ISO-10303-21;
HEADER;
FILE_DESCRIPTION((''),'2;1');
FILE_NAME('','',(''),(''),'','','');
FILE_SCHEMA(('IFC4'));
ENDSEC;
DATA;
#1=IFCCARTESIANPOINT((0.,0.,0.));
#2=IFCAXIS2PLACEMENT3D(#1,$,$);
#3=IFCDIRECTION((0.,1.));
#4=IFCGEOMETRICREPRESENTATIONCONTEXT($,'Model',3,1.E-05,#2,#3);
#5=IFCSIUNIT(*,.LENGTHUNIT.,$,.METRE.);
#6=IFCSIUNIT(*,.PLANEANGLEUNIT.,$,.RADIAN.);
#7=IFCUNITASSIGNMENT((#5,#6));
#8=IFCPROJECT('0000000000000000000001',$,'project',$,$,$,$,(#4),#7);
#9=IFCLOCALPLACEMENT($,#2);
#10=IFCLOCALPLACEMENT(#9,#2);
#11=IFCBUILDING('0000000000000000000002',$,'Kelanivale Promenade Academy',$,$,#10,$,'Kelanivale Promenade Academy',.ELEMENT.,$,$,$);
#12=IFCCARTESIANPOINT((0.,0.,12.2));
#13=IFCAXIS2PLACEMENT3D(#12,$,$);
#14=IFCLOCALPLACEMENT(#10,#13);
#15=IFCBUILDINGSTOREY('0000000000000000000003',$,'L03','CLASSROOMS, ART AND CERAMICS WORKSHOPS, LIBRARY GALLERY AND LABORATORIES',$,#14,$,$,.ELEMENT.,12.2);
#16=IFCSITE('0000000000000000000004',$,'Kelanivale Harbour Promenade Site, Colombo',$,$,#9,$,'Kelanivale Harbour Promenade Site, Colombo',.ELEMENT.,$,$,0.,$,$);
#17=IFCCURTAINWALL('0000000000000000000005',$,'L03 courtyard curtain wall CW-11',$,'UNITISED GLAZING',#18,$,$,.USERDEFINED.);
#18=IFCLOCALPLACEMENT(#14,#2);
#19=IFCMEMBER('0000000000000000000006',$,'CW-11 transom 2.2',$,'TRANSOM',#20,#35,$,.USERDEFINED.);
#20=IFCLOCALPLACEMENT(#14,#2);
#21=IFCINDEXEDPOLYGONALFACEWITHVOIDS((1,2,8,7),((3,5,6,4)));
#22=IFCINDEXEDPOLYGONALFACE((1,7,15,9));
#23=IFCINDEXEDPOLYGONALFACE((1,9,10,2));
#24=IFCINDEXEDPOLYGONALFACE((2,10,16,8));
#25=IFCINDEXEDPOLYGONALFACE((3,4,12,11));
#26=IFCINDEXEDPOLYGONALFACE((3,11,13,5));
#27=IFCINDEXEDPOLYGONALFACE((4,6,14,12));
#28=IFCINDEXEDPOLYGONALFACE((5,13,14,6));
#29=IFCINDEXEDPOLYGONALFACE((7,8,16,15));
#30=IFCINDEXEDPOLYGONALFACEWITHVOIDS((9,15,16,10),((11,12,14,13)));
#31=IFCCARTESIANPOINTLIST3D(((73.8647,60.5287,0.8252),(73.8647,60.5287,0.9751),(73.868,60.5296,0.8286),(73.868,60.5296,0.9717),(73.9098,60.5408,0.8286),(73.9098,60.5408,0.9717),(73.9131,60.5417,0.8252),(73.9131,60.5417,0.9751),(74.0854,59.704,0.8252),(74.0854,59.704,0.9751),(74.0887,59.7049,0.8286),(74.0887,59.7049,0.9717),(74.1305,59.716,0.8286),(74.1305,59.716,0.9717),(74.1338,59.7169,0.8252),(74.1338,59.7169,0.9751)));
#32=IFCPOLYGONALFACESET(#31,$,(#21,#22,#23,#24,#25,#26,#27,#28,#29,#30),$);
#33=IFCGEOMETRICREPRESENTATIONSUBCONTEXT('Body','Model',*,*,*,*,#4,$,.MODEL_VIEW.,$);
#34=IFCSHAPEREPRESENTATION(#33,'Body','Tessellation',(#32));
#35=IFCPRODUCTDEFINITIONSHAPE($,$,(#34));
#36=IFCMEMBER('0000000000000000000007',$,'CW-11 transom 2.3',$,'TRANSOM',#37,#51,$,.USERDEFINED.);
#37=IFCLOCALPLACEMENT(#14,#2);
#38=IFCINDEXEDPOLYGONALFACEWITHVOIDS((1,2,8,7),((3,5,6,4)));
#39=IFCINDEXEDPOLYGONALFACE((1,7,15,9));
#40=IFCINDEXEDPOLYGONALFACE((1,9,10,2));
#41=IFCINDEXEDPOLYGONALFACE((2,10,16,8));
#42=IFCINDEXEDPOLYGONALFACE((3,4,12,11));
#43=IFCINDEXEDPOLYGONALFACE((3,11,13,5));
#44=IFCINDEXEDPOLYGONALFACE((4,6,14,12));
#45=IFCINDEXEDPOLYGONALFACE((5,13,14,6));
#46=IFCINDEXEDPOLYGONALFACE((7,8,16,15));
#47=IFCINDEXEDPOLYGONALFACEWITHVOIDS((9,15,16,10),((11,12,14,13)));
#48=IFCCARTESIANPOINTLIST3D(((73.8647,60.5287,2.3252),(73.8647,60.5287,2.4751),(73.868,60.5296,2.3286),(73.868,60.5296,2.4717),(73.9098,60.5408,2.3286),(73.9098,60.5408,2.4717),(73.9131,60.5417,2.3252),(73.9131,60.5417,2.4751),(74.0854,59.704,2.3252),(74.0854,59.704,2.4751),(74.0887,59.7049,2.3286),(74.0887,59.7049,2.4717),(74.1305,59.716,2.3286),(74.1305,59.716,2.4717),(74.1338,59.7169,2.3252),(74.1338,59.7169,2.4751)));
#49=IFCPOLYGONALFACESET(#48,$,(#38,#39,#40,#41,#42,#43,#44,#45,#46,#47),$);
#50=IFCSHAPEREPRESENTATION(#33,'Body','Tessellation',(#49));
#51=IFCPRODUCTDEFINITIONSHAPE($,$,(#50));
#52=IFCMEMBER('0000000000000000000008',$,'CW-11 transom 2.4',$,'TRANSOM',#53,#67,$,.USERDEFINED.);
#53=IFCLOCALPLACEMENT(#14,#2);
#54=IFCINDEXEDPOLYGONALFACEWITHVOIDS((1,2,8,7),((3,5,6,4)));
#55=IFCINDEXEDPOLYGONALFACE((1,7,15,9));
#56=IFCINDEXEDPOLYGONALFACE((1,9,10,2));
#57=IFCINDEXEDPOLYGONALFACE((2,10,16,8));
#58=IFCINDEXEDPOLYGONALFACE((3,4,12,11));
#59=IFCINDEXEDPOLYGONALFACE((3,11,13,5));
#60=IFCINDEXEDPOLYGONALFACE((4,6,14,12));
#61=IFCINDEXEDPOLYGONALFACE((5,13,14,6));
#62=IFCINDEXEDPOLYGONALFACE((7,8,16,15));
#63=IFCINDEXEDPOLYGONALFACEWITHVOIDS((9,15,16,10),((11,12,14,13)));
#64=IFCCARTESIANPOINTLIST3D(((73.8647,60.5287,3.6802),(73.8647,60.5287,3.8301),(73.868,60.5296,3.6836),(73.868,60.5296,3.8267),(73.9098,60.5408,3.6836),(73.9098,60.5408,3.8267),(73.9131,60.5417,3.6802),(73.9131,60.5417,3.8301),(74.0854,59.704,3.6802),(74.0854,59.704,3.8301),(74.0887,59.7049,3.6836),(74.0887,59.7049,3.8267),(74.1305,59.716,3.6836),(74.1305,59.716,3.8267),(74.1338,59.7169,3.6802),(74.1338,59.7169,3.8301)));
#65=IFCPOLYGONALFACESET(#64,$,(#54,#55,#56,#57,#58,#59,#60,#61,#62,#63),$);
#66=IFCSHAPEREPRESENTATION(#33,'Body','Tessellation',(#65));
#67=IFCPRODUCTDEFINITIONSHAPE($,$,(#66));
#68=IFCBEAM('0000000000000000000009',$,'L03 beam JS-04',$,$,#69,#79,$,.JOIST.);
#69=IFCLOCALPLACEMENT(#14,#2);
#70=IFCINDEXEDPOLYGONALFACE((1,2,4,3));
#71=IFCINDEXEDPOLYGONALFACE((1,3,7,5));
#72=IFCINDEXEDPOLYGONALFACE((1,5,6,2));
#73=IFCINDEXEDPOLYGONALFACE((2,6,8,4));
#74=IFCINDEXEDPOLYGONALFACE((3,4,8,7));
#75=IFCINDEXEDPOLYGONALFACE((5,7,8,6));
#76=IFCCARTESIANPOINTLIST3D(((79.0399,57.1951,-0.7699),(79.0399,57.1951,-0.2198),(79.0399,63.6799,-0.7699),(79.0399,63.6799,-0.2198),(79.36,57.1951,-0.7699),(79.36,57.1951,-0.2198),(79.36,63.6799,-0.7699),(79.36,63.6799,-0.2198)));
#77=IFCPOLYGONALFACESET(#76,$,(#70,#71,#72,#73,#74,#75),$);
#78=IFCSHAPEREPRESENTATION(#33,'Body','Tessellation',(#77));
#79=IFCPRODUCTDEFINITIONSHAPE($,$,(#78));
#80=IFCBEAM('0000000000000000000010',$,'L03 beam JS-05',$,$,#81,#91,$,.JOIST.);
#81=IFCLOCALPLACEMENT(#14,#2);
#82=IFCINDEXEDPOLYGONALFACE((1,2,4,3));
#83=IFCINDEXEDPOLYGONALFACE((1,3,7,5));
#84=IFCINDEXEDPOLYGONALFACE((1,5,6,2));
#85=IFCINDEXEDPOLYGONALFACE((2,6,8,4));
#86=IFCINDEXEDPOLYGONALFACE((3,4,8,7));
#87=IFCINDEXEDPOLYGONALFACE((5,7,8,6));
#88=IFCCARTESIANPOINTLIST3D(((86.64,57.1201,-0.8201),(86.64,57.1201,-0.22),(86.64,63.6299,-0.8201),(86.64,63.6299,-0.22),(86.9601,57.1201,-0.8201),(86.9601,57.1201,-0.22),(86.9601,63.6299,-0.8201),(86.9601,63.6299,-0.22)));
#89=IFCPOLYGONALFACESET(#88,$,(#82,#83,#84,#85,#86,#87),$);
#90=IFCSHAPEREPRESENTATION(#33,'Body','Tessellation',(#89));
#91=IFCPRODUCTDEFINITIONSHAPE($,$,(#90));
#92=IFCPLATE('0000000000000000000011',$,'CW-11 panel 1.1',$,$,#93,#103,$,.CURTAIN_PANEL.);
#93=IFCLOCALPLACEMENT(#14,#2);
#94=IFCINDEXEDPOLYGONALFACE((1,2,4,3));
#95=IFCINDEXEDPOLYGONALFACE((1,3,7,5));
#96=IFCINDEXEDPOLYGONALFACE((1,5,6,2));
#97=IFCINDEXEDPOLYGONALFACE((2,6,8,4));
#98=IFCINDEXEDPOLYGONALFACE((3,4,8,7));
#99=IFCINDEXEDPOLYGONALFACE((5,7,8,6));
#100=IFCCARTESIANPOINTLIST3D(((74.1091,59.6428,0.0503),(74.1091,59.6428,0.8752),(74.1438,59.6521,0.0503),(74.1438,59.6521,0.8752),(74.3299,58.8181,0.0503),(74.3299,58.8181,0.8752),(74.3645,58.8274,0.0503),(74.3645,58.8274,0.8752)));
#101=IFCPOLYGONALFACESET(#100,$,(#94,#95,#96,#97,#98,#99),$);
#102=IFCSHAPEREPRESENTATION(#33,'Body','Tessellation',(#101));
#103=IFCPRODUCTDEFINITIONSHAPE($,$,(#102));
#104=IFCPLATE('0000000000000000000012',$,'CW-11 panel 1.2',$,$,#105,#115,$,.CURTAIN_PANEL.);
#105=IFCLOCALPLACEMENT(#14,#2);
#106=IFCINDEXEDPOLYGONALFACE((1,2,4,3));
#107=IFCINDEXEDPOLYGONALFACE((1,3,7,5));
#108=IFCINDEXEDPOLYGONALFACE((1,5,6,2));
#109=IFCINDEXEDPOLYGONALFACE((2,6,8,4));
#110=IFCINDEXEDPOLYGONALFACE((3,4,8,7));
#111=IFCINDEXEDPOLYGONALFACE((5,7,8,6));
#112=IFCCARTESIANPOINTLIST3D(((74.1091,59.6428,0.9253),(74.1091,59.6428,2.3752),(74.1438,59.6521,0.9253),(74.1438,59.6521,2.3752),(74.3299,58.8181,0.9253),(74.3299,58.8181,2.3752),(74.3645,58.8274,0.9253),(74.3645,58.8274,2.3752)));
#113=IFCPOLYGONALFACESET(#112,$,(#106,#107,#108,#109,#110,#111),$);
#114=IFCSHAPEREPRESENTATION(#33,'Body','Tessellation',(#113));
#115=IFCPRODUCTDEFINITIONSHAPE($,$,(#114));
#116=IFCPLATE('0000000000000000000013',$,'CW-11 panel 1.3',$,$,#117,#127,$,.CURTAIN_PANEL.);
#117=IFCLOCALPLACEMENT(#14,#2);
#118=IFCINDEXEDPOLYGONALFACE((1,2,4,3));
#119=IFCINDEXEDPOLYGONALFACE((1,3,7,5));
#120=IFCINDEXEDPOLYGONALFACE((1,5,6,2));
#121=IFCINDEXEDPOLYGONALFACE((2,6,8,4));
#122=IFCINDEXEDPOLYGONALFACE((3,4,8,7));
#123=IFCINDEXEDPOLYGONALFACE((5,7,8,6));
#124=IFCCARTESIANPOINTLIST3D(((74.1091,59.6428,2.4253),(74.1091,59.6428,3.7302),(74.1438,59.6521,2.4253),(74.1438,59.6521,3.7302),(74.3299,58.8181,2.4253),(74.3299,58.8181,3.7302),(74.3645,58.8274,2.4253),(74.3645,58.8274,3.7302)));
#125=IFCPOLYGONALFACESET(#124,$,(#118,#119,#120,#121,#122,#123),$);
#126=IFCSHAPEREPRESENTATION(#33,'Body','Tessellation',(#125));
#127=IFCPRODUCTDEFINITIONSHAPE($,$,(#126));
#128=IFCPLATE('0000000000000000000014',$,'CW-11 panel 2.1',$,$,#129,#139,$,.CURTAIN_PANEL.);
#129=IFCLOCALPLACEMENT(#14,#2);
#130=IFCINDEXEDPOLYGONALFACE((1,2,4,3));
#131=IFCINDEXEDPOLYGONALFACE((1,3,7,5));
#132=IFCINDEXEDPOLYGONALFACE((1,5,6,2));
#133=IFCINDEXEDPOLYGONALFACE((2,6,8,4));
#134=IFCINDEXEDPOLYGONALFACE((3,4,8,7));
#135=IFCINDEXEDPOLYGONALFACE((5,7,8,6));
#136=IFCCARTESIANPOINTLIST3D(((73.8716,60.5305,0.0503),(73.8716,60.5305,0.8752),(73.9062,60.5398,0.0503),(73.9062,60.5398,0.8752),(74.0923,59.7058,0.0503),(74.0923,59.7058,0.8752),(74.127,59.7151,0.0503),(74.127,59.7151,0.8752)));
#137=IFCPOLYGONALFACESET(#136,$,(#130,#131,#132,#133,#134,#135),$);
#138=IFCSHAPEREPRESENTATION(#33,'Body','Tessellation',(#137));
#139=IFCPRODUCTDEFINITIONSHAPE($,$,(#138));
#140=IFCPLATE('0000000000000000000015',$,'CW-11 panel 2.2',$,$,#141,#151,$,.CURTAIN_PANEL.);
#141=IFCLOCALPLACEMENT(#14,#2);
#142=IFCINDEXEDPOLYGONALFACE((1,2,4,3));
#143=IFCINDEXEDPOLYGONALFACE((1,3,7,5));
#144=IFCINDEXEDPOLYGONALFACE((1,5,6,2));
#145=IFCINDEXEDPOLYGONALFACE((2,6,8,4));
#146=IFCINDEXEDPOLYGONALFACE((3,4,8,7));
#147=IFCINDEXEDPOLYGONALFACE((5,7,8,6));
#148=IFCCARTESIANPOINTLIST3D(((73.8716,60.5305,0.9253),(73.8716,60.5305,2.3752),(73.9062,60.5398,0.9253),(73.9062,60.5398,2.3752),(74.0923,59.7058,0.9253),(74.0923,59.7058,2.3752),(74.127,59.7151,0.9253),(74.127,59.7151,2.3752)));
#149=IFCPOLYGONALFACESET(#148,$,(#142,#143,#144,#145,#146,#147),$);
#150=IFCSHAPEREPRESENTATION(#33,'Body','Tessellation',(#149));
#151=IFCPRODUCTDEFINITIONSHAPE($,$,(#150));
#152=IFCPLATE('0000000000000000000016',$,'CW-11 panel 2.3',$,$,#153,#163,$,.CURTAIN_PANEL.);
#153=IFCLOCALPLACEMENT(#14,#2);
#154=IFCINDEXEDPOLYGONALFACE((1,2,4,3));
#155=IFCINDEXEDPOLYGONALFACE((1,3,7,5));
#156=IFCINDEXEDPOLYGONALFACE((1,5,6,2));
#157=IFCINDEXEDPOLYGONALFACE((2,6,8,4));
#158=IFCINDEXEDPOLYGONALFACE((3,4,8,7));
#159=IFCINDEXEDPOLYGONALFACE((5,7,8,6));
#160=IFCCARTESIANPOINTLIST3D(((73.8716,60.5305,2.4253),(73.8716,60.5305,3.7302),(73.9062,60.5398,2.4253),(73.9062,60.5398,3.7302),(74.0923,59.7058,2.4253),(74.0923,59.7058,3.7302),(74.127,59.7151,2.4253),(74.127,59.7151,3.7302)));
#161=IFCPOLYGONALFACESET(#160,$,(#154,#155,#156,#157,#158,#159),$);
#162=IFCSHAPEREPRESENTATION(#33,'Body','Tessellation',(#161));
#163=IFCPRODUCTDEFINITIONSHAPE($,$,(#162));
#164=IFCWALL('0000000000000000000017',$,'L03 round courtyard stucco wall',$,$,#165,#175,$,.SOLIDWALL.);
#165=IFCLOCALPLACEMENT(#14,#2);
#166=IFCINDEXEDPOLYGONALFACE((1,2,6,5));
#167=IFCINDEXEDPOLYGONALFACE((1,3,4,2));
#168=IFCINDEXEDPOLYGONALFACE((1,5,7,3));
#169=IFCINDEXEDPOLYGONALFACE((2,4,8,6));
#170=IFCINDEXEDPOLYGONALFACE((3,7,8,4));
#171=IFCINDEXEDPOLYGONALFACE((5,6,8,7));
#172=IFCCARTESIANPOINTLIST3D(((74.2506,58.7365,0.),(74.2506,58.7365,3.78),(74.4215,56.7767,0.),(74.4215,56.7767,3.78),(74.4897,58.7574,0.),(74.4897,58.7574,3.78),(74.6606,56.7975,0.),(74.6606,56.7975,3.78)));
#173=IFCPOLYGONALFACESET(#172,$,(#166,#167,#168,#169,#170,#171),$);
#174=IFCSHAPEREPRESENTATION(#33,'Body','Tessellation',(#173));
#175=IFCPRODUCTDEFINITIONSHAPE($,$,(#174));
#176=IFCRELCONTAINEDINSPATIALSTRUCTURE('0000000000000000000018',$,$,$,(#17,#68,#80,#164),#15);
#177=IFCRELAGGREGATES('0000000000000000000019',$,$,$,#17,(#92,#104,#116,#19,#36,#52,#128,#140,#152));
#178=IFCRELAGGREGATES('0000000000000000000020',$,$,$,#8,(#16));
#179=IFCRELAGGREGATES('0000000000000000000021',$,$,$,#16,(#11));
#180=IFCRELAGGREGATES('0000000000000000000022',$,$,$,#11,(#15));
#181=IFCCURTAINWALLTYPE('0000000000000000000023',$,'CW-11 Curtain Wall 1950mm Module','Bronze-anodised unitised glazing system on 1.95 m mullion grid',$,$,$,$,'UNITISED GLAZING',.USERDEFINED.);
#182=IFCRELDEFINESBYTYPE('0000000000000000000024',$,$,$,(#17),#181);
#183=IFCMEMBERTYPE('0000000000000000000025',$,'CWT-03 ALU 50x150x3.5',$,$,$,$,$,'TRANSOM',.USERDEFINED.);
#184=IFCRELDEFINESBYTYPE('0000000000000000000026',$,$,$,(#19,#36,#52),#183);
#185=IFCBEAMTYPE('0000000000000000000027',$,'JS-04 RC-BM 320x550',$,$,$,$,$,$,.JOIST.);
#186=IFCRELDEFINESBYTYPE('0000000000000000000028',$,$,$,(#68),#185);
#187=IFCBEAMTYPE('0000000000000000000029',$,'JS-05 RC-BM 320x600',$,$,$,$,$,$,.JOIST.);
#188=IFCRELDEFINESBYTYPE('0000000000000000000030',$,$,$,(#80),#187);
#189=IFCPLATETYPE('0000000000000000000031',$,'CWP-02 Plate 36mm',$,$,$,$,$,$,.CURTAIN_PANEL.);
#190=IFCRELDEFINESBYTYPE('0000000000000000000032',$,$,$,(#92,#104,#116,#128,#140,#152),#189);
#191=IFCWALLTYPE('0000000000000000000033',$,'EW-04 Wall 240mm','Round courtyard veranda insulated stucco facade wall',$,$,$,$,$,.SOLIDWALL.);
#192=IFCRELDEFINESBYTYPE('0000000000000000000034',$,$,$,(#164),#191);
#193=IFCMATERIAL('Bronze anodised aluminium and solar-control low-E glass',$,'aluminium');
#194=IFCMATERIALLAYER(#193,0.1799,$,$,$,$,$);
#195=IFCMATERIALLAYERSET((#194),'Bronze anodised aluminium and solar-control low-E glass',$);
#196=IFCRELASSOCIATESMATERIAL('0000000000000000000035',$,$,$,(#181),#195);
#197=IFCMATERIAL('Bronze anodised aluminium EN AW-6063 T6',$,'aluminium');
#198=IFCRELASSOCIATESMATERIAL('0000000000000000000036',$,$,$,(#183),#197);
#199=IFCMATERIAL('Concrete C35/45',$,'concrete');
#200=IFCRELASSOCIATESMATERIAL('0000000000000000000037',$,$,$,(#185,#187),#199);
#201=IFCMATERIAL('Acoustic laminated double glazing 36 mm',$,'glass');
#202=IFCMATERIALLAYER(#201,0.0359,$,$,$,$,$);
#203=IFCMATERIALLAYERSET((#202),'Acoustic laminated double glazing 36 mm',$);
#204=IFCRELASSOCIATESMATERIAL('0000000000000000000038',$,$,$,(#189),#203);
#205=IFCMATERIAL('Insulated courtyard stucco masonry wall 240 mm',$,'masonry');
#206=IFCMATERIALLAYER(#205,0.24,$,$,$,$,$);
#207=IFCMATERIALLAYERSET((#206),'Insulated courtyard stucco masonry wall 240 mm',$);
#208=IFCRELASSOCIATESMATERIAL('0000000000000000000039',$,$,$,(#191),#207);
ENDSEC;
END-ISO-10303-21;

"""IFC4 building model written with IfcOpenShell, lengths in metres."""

from ifc_helpers import new_model, si_unit, direction, frame, frame_2d, origin, origin_2d, place, context, subcontext, project, spatial, rectangle, hollow_rectangle, extrude, material, layer, layer_set, material_profile, profile_set, type_object, element, aggregate, save


model = new_model("IFC4")

# Units and contexts
model_context = context("Model", 3, precision=1e-05, world=origin(), true_north=direction((0.0, 1.0)))
body_context = subcontext(model_context, "Body", "Model", "MODEL_VIEW")
ifc_project = project(units=[si_unit("LENGTHUNIT", "METRE"), si_unit("PLANEANGLEUNIT", "RADIAN")], contexts=[model_context])

# Site, building, storey
site_placement = place(None, origin())
site = spatial("IfcSite", under=ifc_project, at=site_placement, Name="Kelanivale Harbour Promenade Site, Colombo", LongName="Kelanivale Harbour Promenade Site, Colombo", CompositionType="ELEMENT", RefElevation=0.0)
building_placement = place(site_placement, origin())
building = spatial("IfcBuilding", under=site, at=building_placement, Name="Kelanivale Promenade Academy", LongName="Kelanivale Promenade Academy", CompositionType="ELEMENT")
storey_placement = place(building_placement, frame((0.0, 0.0, 12.2)))
storey = spatial("IfcBuildingStorey", under=building, at=storey_placement, Name="L03", Description="CLASSROOMS, ART AND CERAMICS WORKSHOPS, LIBRARY GALLERY AND LABORATORIES", CompositionType="ELEMENT", Elevation=12.2)

# Shared definitions
ifc_material_1 = material(Name="Concrete C35/45", Category="concrete")

# Curtain wall, members
ifc_material_2 = material(Name="Bronze anodised aluminium and solar-control low-E glass", Category="aluminium")
ifc_layer_1 = layer(ifc_material_2, 0.1799)
ifc_layer_set_1 = layer_set([ifc_layer_1], Name="Bronze anodised aluminium and solar-control low-E glass")
curtain_wall_type = type_object("IfcCurtainWallType", Name="CW-11 Curtain Wall 1950mm Module", Description="Bronze-anodised unitised glazing system on 1.95 m mullion grid", ElementType="UNITISED GLAZING", PredefinedType="USERDEFINED", material=ifc_layer_set_1)
curtain_wall_placement = place(storey_placement, origin())
curtain_wall = element("IfcCurtainWall", 1, at=curtain_wall_placement, inside=storey, type_object=curtain_wall_type, Name="L03 courtyard curtain wall CW-11", ObjectType="UNITISED GLAZING", PredefinedType="USERDEFINED")
ifc_material_3 = material(Name="Bronze anodised aluminium EN AW-6063 T6", Category="aluminium")
ifc_material_profile_1 = material_profile(ifc_material_3, hollow_rectangle(XDim=0.05, YDim=0.1499, WallThickness=0.0034, at=origin_2d()), Name="ALU 50x150x3.5")
ifc_profile_set_1 = profile_set([ifc_material_profile_1], Name="Bronze anodised aluminium EN AW-6063 T6")
member_type_1 = type_object("IfcMemberType", Name="CWT-03 ALU 50x150x3.5", ElementType="TRANSOM", PredefinedType="USERDEFINED", material=ifc_profile_set_1)
member_1_placement = place(storey_placement, frame((74.1096, 59.7104, 0.9001), z_axis=(-0.258517, 0.966007, 0.0), x_axis=(-0.966007, -0.258517, 0.0)))
member_1 = element("IfcMember", 2, at=member_1_placement, type_object=member_type_1, Name="CW-11 transom 2.2", ObjectType="TRANSOM", PredefinedType="USERDEFINED", context=body_context, shape_type="SweptSolid", body=[
    extrude(hollow_rectangle(XDim=0.05, YDim=0.1499, WallThickness=0.0034, at=origin_2d()), origin(), (0.0, 0.0, 1.0), 0.8538),
])
member_2_placement = place(storey_placement, frame((74.1096, 59.7104, 2.4001), z_axis=(-0.258517, 0.966007, 0.0), x_axis=(-0.966007, -0.258517, 0.0)))
member_2 = element("IfcMember", 3, at=member_2_placement, type_object=member_type_1, Name="CW-11 transom 2.3", ObjectType="TRANSOM", PredefinedType="USERDEFINED", context=body_context, shape_type="SweptSolid", body=[
    extrude(hollow_rectangle(XDim=0.05, YDim=0.1499, WallThickness=0.0034, at=origin_2d()), origin(), (0.0, 0.0, 1.0), 0.8538),
])
member_3_placement = place(storey_placement, frame((74.1096, 59.7104, 3.7551), z_axis=(-0.258517, 0.966007, 0.0), x_axis=(-0.966007, -0.258517, 0.0)))
member_3 = element("IfcMember", 4, at=member_3_placement, type_object=member_type_1, Name="CW-11 transom 2.4", ObjectType="TRANSOM", PredefinedType="USERDEFINED", context=body_context, shape_type="SweptSolid", body=[
    extrude(hollow_rectangle(XDim=0.05, YDim=0.1499, WallThickness=0.0034, at=origin_2d()), origin(), (0.0, 0.0, 1.0), 0.8538),
])

# Beams
ifc_material_profile_2 = material_profile(ifc_material_1, rectangle(XDim=0.3201, YDim=0.55, at=origin_2d()), Name="RC-BM 320x550")
ifc_profile_set_2 = profile_set([ifc_material_profile_2], Name="Concrete C35/45")
beam_type_1 = type_object("IfcBeamType", Name="JS-04 RC-BM 320x550", PredefinedType="JOIST", material=ifc_profile_set_2)
beam_1_placement = place(storey_placement, frame((79.2, 57.1951, -0.4949), z_axis=(0.0, 1.0, 0.0), x_axis=(-1.0, 0.0, 0.0)))
element("IfcBeam", 5, at=beam_1_placement, inside=storey, type_object=beam_type_1, Name="L03 beam JS-04", PredefinedType="JOIST", context=body_context, shape_type="SweptSolid", body=[
    extrude(rectangle(XDim=0.3201, YDim=0.55, at=origin_2d()), origin(), (0.0, 0.0, 1.0), 6.4849),
])
ifc_material_profile_3 = material_profile(ifc_material_1, rectangle(XDim=0.3201, YDim=0.6001, at=origin_2d()), Name="RC-BM 320x600")
ifc_profile_set_3 = profile_set([ifc_material_profile_3], Name="Concrete C35/45")
beam_type_2 = type_object("IfcBeamType", Name="JS-05 RC-BM 320x600", PredefinedType="JOIST", material=ifc_profile_set_3)
beam_2_placement = place(storey_placement, frame((86.8, 57.1201, -0.52), z_axis=(0.0, 1.0, 0.0), x_axis=(-1.0, 0.0, 0.0)))
element("IfcBeam", 6, at=beam_2_placement, inside=storey, type_object=beam_type_2, Name="L03 beam JS-05", PredefinedType="JOIST", context=body_context, shape_type="SweptSolid", body=[
    extrude(rectangle(XDim=0.3201, YDim=0.6001, at=origin_2d()), origin(), (0.0, 0.0, 1.0), 6.5098),
])

# Plates
ifc_material_4 = material(Name="Acoustic laminated double glazing 36 mm", Category="glass")
ifc_layer_2 = layer(ifc_material_4, 0.0359)
ifc_layer_set_2 = layer_set([ifc_layer_2], Name="Acoustic laminated double glazing 36 mm")
plate_type = type_object("IfcPlateType", Name="CWP-02 Plate 36mm", PredefinedType="CURTAIN_PANEL", material=ifc_layer_set_2)
plate_1_placement = place(storey_placement, frame((74.2368, 59.2351, 0.0503), z_axis=(0.0, 0.0, 1.0), x_axis=(-0.258578, 0.96599, 0.0)))
plate_1 = element("IfcPlate", 7, at=plate_1_placement, type_object=plate_type, Name="CW-11 panel 1.1", PredefinedType="CURTAIN_PANEL", context=body_context, shape_type="SweptSolid", body=[
    extrude(rectangle(XDim=0.8538, YDim=0.0359, at=origin_2d()), origin(), (0.0, 0.0, 1.0), 0.825),
])
plate_2_placement = place(storey_placement, frame((74.2368, 59.2351, 0.9253), z_axis=(0.0, 0.0, 1.0), x_axis=(-0.258578, 0.96599, 0.0)))
plate_2 = element("IfcPlate", 8, at=plate_2_placement, type_object=plate_type, Name="CW-11 panel 1.2", PredefinedType="CURTAIN_PANEL", context=body_context, shape_type="SweptSolid", body=[
    extrude(rectangle(XDim=0.8538, YDim=0.0359, at=origin_2d()), origin(), (0.0, 0.0, 1.0), 1.45),
])
plate_3_placement = place(storey_placement, frame((74.2368, 59.2351, 2.4253), z_axis=(0.0, 0.0, 1.0), x_axis=(-0.258578, 0.96599, 0.0)))
plate_3 = element("IfcPlate", 9, at=plate_3_placement, type_object=plate_type, Name="CW-11 panel 1.3", PredefinedType="CURTAIN_PANEL", context=body_context, shape_type="SweptSolid", body=[
    extrude(rectangle(XDim=0.8538, YDim=0.0359, at=origin_2d()), origin(), (0.0, 0.0, 1.0), 1.3049),
])
plate_4_placement = place(storey_placement, frame((73.9993, 60.1228, 0.0503), z_axis=(0.0, 0.0, 1.0), x_axis=(-0.258578, 0.96599, 0.0)))
plate_4 = element("IfcPlate", 10, at=plate_4_placement, type_object=plate_type, Name="CW-11 panel 2.1", PredefinedType="CURTAIN_PANEL", context=body_context, shape_type="SweptSolid", body=[
    extrude(rectangle(XDim=0.8538, YDim=0.0359, at=origin_2d()), origin(), (0.0, 0.0, 1.0), 0.825),
])
plate_5_placement = place(storey_placement, frame((73.9993, 60.1228, 0.9253), z_axis=(0.0, 0.0, 1.0), x_axis=(-0.258578, 0.96599, 0.0)))
plate_5 = element("IfcPlate", 11, at=plate_5_placement, type_object=plate_type, Name="CW-11 panel 2.2", PredefinedType="CURTAIN_PANEL", context=body_context, shape_type="SweptSolid", body=[
    extrude(rectangle(XDim=0.8538, YDim=0.0359, at=origin_2d()), origin(), (0.0, 0.0, 1.0), 1.45),
])
plate_6_placement = place(storey_placement, frame((73.9993, 60.1228, 2.4253), z_axis=(0.0, 0.0, 1.0), x_axis=(-0.258578, 0.96599, 0.0)))
plate_6 = element("IfcPlate", 12, at=plate_6_placement, type_object=plate_type, Name="CW-11 panel 2.3", PredefinedType="CURTAIN_PANEL", context=body_context, shape_type="SweptSolid", body=[
    extrude(rectangle(XDim=0.8538, YDim=0.0359, at=origin_2d()), origin(), (0.0, 0.0, 1.0), 1.3049),
])
aggregate(curtain_wall, [plate_1, plate_2, plate_3, member_1, member_2, member_3, plate_4, plate_5, plate_6])

# Wall
ifc_material_5 = material(Name="Insulated courtyard stucco masonry wall 240 mm", Category="masonry")
ifc_layer_3 = layer(ifc_material_5, 0.24)
ifc_layer_set_3 = layer_set([ifc_layer_3], Name="Insulated courtyard stucco masonry wall 240 mm")
wall_type_1 = type_object("IfcWallType", Name="EW-04 Wall 240mm", Description="Round courtyard veranda insulated stucco facade wall", PredefinedType="SOLIDWALL", material=ifc_layer_set_3)
wall_1_placement = place(storey_placement, frame((74.541, 56.7871, 0.0), z_axis=(0.0, 0.0, 1.0), x_axis=(-0.086865, 0.99622, 0.0)))
element("IfcWall", 13, at=wall_1_placement, inside=storey, type_object=wall_type_1, Name="L03 round courtyard stucco wall", PredefinedType="SOLIDWALL", context=body_context, shape_type="SweptSolid", body=[
    extrude(rectangle(XDim=1.9673, YDim=0.24, at=frame_2d((0.9836, 0.0))), origin(), (0.0, 0.0, 1.0), 3.78),
])

save(model, "model.ifc")
